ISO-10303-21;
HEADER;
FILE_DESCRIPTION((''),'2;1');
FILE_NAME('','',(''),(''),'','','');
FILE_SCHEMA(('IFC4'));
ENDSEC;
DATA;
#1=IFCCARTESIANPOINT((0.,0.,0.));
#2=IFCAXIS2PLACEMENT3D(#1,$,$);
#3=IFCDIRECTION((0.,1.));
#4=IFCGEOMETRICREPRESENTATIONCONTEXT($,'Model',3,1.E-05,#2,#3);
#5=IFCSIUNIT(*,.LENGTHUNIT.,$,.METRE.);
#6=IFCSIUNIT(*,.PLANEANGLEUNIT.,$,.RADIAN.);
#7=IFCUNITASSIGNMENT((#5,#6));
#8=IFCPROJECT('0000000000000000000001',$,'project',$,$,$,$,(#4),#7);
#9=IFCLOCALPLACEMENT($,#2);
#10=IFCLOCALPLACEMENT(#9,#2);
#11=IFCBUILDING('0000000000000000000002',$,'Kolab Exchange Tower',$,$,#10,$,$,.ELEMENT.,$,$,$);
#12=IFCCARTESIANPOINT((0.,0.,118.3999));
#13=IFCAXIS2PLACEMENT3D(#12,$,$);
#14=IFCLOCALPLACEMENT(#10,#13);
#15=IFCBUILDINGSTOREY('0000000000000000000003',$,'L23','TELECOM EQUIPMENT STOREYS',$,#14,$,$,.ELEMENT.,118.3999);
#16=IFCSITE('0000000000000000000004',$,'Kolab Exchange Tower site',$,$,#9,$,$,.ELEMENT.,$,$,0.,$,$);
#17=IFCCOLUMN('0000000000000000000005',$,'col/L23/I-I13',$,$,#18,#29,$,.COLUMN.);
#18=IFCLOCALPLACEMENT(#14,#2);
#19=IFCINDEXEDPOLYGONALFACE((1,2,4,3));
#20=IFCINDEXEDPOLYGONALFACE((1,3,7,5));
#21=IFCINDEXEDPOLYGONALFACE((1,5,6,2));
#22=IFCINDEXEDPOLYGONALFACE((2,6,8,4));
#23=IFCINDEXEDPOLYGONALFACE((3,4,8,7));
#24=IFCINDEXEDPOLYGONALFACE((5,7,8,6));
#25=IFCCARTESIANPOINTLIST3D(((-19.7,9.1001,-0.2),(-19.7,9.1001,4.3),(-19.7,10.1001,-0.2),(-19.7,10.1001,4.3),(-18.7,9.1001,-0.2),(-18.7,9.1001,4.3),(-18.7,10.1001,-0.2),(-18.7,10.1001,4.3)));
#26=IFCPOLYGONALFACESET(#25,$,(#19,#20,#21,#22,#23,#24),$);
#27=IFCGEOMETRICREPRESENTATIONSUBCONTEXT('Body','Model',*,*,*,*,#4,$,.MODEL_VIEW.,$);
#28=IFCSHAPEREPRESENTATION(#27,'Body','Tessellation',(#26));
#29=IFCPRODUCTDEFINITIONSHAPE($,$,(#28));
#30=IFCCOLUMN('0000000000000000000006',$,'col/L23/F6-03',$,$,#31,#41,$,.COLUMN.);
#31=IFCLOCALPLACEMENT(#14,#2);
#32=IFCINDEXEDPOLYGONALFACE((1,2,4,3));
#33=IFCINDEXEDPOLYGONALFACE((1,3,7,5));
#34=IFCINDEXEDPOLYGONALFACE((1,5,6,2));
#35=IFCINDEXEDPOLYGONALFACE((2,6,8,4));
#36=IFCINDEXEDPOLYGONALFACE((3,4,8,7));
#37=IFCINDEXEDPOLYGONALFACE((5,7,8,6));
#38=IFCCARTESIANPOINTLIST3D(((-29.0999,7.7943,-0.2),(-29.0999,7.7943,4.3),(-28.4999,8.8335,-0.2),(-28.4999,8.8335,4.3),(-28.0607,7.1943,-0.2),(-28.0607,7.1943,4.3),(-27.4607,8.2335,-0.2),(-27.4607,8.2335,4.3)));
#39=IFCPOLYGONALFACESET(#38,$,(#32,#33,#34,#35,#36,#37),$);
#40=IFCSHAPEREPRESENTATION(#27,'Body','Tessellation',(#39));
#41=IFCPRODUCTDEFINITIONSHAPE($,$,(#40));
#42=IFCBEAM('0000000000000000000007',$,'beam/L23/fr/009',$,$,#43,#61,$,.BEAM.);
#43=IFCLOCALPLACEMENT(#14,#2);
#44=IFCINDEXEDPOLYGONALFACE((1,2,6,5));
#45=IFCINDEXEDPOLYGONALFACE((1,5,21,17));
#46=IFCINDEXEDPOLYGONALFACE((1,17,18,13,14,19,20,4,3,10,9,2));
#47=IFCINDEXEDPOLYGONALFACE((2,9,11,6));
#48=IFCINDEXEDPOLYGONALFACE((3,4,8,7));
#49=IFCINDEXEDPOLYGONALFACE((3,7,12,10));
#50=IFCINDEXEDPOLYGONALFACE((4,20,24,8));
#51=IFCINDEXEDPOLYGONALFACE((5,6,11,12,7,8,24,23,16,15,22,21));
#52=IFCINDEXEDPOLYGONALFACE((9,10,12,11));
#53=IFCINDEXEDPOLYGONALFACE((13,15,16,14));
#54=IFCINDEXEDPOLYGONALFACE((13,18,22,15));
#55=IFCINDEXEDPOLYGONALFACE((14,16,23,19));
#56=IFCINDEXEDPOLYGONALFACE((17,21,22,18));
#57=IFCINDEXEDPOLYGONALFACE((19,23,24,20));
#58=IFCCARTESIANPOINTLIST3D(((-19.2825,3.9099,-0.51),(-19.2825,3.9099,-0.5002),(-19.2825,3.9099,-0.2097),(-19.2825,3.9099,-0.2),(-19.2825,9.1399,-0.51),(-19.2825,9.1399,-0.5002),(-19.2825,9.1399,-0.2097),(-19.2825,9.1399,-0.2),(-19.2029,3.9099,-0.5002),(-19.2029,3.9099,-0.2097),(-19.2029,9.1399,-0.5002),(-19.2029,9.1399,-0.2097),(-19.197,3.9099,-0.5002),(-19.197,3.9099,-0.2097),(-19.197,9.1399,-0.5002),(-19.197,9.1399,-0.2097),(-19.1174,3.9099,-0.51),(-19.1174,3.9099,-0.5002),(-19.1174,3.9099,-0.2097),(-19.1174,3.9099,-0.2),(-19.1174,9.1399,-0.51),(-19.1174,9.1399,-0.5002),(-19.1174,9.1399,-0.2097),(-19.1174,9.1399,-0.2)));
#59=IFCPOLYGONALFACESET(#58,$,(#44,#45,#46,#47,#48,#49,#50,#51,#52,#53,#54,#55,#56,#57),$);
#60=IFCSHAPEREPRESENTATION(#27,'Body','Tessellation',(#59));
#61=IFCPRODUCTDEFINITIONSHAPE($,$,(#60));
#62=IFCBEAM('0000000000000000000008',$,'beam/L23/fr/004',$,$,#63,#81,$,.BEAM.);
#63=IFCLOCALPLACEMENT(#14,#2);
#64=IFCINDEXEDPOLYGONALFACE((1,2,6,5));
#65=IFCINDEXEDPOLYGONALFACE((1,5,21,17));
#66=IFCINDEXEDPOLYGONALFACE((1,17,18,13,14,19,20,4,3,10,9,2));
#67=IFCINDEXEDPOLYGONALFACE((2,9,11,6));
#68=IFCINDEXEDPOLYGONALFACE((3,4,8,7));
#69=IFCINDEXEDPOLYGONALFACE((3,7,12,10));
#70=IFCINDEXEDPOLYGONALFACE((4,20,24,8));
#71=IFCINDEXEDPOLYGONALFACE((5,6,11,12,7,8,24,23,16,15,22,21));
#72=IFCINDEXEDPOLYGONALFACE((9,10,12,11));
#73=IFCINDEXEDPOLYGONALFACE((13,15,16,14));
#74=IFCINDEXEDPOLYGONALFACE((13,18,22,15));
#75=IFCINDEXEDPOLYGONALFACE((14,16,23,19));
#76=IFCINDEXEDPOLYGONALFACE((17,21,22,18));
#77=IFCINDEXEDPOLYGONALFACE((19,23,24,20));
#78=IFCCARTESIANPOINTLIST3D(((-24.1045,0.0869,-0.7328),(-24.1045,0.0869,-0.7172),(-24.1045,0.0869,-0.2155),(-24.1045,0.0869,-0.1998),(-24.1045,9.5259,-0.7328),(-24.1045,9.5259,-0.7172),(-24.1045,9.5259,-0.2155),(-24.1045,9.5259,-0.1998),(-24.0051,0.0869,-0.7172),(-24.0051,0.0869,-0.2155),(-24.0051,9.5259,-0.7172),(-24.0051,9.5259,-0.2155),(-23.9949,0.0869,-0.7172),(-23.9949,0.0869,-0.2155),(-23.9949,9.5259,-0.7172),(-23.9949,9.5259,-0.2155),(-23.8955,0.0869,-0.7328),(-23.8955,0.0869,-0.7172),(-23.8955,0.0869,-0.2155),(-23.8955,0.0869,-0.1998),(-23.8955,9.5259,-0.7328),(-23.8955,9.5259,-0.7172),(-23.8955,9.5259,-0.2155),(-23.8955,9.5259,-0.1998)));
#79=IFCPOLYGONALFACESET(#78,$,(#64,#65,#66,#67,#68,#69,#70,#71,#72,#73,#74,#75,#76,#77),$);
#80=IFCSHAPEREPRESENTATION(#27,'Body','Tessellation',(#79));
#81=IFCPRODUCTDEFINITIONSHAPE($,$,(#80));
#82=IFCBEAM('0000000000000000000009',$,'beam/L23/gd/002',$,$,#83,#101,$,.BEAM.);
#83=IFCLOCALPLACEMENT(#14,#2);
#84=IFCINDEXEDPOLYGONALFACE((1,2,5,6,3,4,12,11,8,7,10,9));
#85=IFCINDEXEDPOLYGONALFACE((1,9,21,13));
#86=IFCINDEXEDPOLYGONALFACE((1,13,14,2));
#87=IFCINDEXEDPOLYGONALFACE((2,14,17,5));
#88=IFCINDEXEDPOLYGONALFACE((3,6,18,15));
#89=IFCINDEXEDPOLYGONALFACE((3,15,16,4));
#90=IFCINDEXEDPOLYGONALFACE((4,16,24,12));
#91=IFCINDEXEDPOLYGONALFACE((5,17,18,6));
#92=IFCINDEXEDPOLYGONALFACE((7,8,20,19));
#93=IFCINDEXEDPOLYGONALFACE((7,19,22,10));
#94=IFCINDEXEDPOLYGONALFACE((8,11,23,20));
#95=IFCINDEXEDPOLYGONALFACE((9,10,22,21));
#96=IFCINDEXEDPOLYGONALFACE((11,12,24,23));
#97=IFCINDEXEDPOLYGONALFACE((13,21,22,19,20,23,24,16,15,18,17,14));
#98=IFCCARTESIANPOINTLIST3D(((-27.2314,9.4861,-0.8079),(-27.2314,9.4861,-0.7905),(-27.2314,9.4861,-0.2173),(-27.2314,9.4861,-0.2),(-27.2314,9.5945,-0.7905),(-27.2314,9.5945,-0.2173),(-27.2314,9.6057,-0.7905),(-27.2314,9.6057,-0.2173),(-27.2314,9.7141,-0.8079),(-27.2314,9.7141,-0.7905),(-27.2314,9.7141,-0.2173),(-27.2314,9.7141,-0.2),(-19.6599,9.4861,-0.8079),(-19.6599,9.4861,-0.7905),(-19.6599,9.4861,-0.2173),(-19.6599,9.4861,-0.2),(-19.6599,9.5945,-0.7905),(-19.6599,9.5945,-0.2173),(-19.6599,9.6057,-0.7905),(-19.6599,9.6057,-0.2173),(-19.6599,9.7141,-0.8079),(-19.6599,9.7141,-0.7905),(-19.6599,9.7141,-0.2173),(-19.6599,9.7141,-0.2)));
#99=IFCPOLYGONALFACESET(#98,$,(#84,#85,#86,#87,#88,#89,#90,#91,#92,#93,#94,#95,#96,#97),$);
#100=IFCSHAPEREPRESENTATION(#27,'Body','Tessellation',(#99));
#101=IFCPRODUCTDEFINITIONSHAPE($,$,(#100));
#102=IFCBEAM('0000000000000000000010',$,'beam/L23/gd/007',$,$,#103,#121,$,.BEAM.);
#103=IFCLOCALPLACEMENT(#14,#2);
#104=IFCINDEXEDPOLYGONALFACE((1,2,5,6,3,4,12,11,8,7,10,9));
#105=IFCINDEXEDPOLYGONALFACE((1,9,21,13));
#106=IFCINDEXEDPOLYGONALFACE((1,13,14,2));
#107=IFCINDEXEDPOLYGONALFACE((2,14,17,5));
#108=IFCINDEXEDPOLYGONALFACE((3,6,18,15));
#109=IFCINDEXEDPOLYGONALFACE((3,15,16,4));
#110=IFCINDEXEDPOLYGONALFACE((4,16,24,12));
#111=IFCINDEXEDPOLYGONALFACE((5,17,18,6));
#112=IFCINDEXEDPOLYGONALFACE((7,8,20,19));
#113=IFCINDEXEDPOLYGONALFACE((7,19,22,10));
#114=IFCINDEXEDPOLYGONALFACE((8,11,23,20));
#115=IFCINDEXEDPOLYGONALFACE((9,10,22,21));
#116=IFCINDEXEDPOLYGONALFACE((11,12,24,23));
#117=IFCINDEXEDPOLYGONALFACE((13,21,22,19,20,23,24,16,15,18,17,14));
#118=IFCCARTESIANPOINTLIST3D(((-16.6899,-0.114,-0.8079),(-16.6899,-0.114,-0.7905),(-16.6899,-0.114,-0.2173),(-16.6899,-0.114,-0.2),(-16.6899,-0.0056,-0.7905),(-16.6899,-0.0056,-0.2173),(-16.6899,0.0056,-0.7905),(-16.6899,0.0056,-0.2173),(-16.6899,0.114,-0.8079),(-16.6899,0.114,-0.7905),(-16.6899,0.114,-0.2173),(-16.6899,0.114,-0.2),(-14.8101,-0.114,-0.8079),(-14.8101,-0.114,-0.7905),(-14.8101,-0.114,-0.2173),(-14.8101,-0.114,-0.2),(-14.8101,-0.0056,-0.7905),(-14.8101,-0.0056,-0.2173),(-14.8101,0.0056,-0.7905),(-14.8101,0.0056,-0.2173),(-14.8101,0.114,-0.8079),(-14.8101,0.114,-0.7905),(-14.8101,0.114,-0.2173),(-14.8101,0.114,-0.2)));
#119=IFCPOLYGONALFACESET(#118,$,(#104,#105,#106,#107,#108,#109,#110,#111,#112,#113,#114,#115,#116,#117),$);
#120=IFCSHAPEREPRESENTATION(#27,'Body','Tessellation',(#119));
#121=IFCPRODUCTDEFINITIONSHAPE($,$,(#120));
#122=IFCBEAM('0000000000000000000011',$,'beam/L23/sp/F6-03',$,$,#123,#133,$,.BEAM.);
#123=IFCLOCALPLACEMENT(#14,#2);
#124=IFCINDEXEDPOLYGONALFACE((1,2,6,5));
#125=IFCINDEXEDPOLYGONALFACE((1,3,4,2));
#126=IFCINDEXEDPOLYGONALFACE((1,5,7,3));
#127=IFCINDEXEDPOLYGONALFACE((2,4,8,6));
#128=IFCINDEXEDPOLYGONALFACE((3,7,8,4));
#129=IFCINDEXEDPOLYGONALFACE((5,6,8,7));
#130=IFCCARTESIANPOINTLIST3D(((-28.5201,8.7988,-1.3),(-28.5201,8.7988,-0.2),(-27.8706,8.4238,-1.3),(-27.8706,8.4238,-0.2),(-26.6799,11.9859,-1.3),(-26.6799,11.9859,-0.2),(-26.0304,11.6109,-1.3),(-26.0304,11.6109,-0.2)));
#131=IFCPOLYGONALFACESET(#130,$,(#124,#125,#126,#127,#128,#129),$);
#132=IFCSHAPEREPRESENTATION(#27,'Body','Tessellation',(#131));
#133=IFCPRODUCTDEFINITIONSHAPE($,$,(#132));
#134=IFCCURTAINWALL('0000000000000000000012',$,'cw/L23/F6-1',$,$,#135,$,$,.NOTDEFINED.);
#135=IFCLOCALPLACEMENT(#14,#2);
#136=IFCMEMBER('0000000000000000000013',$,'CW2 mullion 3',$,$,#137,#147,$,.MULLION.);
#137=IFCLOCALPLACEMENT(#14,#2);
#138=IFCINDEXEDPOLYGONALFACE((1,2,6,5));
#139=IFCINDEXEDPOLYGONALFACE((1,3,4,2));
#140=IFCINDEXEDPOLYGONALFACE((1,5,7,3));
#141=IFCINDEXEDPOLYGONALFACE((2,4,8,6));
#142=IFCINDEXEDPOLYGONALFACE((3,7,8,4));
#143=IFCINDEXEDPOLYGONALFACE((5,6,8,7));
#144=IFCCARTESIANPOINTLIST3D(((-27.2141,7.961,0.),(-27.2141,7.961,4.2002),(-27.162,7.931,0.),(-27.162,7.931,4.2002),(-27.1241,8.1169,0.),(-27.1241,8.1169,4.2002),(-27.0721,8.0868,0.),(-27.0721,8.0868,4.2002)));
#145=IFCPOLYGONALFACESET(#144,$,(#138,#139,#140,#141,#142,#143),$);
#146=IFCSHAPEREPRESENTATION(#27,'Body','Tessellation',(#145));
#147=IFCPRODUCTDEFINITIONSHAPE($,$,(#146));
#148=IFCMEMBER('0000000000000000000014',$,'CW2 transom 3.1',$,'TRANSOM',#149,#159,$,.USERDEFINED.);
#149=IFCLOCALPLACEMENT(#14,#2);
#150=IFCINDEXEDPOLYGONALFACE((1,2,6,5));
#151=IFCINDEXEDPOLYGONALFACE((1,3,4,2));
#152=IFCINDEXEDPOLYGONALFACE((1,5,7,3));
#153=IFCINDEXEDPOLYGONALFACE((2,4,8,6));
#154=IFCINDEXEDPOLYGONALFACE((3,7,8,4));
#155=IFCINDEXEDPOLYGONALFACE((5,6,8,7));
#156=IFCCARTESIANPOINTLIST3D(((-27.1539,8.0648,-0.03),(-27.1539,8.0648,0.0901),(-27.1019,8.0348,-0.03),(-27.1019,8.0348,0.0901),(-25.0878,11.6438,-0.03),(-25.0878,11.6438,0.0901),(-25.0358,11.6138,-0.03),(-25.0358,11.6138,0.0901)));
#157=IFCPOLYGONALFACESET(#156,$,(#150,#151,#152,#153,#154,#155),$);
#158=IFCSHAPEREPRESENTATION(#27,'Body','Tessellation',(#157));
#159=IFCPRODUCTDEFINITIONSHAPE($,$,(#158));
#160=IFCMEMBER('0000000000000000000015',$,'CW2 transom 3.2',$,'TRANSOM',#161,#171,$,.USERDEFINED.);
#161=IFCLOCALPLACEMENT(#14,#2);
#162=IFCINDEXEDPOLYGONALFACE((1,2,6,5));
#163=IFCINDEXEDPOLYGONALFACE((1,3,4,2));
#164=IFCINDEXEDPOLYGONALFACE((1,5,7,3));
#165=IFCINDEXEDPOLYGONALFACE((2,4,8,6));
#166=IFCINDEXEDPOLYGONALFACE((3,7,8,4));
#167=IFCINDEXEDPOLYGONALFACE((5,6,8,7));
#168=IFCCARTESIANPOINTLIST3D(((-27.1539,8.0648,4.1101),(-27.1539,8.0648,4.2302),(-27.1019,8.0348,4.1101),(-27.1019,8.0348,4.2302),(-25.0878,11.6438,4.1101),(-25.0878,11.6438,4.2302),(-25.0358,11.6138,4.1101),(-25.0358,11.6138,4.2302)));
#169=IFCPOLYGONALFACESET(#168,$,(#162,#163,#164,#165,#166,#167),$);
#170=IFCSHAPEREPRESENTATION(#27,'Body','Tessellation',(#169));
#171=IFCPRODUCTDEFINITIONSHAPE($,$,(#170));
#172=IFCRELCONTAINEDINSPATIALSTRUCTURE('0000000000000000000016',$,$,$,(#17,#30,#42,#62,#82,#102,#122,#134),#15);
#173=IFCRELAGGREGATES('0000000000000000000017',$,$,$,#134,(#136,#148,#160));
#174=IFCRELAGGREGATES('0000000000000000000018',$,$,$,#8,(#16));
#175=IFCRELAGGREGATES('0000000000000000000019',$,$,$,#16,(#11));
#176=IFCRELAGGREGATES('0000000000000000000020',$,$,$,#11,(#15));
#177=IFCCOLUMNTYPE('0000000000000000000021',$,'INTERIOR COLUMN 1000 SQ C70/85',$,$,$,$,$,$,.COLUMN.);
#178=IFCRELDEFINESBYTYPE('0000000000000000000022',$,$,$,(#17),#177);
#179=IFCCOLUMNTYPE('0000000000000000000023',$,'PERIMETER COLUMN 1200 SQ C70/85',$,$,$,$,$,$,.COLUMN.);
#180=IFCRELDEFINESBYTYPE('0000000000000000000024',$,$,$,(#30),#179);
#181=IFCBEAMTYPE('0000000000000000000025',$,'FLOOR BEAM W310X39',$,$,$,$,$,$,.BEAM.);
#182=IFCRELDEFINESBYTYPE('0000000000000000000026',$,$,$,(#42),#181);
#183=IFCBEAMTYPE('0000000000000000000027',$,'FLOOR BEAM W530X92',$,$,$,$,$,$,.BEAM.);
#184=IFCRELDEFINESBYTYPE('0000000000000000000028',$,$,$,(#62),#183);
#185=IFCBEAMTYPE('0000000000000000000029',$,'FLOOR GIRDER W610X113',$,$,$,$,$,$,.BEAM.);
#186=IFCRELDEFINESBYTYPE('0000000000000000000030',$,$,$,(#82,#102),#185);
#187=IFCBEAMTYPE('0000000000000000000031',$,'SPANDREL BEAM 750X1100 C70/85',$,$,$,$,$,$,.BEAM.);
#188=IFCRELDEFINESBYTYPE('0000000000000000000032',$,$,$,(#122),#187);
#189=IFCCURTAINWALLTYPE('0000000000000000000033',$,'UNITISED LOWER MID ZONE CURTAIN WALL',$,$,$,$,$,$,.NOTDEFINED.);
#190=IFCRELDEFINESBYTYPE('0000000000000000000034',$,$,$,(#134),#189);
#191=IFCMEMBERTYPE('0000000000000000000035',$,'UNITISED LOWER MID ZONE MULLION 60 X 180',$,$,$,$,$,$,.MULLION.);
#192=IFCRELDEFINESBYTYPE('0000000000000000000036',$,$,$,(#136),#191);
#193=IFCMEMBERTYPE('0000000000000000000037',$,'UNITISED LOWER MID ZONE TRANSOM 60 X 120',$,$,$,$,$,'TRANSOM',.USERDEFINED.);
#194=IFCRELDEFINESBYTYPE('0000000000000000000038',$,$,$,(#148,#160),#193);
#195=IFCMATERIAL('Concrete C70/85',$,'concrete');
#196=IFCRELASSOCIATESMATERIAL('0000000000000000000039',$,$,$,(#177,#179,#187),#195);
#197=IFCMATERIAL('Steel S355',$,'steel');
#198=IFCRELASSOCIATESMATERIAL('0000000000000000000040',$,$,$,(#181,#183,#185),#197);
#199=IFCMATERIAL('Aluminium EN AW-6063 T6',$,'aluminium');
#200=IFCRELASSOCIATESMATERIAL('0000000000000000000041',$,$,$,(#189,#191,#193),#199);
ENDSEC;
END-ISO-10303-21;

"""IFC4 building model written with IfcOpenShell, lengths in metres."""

from ifc_helpers import new_model, si_unit, direction, frame, origin, origin_2d, place, context, subcontext, project, spatial, rectangle, i_section, extrude, material, material_profile, profile_set, type_object, element, aggregate, save


model = new_model("IFC4")

# Units and contexts
model_context = context("Model", 3, precision=1e-05, world=origin(), true_north=direction((0.0, 1.0)))
body_context = subcontext(model_context, "Body", "Model", "MODEL_VIEW")
ifc_project = project(units=[si_unit("LENGTHUNIT", "METRE"), si_unit("PLANEANGLEUNIT", "RADIAN")], contexts=[model_context])

# Site, building, storey
site_placement = place(None, origin())
site = spatial("IfcSite", under=ifc_project, at=site_placement, Name="Kolab Exchange Tower site", CompositionType="ELEMENT", RefElevation=0.0)
building_placement = place(site_placement, origin())
building = spatial("IfcBuilding", under=site, at=building_placement, Name="Kolab Exchange Tower", CompositionType="ELEMENT")
storey_placement = place(building_placement, frame((0.0, 0.0, 118.3999)))
storey = spatial("IfcBuildingStorey", under=building, at=storey_placement, Name="L23", Description="TELECOM EQUIPMENT STOREYS", CompositionType="ELEMENT", Elevation=118.3999)

# Columns
ifc_material_1 = material(Name="Concrete C70/85", Category="concrete")
ifc_material_profile_1 = material_profile(ifc_material_1, rectangle(XDim=1.0, YDim=1.0, at=origin_2d()), Name="RC1000")
ifc_profile_set_1 = profile_set([ifc_material_profile_1], Name="Concrete C70/85")
column_type_1 = type_object("IfcColumnType", Name="INTERIOR COLUMN 1000 SQ C70/85", PredefinedType="COLUMN", material=ifc_profile_set_1)
column_1_placement = place(storey_placement, frame((-19.2, 9.6001, -0.2), z_axis=(0.0, 0.0, 1.0), x_axis=(1.0, 0.0, 0.0)))
element("IfcColumn", 1, at=column_1_placement, inside=storey, type_object=column_type_1, Name="col/L23/I-I13", PredefinedType="COLUMN", context=body_context, shape_type="SweptSolid", body=[
    extrude(rectangle(XDim=1.0, YDim=1.0, at=origin_2d()), origin(), (0.0, 0.0, 1.0), 4.5),
])
ifc_material_profile_2 = material_profile(ifc_material_1, rectangle(XDim=1.2, YDim=1.2, at=origin_2d()), Name="RC1200")
ifc_profile_set_2 = profile_set([ifc_material_profile_2], Name="Concrete C70/85")
column_type_2 = type_object("IfcColumnType", Name="PERIMETER COLUMN 1200 SQ C70/85", PredefinedType="COLUMN", material=ifc_profile_set_2)
column_2_placement = place(storey_placement, frame((-28.2803, 8.0139, -0.2), z_axis=(0.0, 0.0, 1.0), x_axis=(0.5, 0.866025, 0.0)))
element("IfcColumn", 2, at=column_2_placement, inside=storey, type_object=column_type_2, Name="col/L23/F6-03", PredefinedType="COLUMN", context=body_context, shape_type="SweptSolid", body=[
    extrude(rectangle(XDim=1.2, YDim=1.2, at=origin_2d()), origin(), (0.0, 0.0, 1.0), 4.5),
])

# Beams
ifc_material_2 = material(Name="Steel S355", Category="steel")
ifc_material_profile_3 = material_profile(ifc_material_2, i_section(OverallWidth=0.165, OverallDepth=0.3101, WebThickness=0.0059, FlangeThickness=0.0098, at=origin_2d()), Name="W310X39")
ifc_profile_set_3 = profile_set([ifc_material_profile_3], Name="Steel S355")
beam_type_1 = type_object("IfcBeamType", Name="FLOOR BEAM W310X39", PredefinedType="BEAM", material=ifc_profile_set_3)
beam_1_placement = place(storey_placement, frame((-19.2, 3.9099, -0.355), z_axis=(0.0, 1.0, 0.0), x_axis=(-1.0, 0.0, 0.0)))
element("IfcBeam", 3, at=beam_1_placement, inside=storey, type_object=beam_type_1, Name="beam/L23/fr/009", PredefinedType="BEAM", context=body_context, shape_type="SweptSolid", body=[
    extrude(i_section(OverallWidth=0.165, OverallDepth=0.3101, WebThickness=0.0059, FlangeThickness=0.0098, at=origin_2d()), origin(), (0.0, 0.0, 1.0), 5.23),
])
ifc_material_profile_4 = material_profile(ifc_material_2, i_section(OverallWidth=0.209, OverallDepth=0.533, WebThickness=0.0103, FlangeThickness=0.0156, at=origin_2d()), Name="W530X92")
ifc_profile_set_4 = profile_set([ifc_material_profile_4], Name="Steel S355")
beam_type_2 = type_object("IfcBeamType", Name="FLOOR BEAM W530X92", PredefinedType="BEAM", material=ifc_profile_set_4)
beam_2_placement = place(storey_placement, frame((-24.0, 0.0869, -0.4663), z_axis=(0.0, 1.0, 0.0), x_axis=(-1.0, 0.0, 0.0)))
element("IfcBeam", 4, at=beam_2_placement, inside=storey, type_object=beam_type_2, Name="beam/L23/fr/004", PredefinedType="BEAM", context=body_context, shape_type="SweptSolid", body=[
    extrude(i_section(OverallWidth=0.209, OverallDepth=0.533, WebThickness=0.0103, FlangeThickness=0.0156, at=origin_2d()), origin(), (0.0, 0.0, 1.0), 9.439),
])
ifc_material_profile_5 = material_profile(ifc_material_2, i_section(OverallWidth=0.228, OverallDepth=0.6079, WebThickness=0.0112, FlangeThickness=0.0173, at=origin_2d()), Name="W610X113")
ifc_profile_set_5 = profile_set([ifc_material_profile_5], Name="Steel S355")
beam_type_3 = type_object("IfcBeamType", Name="FLOOR GIRDER W610X113", PredefinedType="BEAM", material=ifc_profile_set_5)
beam_3_placement = place(storey_placement, frame((-27.2314, 9.6001, -0.5039), z_axis=(1.0, 0.0, 0.0), x_axis=(0.0, 1.0, 0.0)))
element("IfcBeam", 5, at=beam_3_placement, inside=storey, type_object=beam_type_3, Name="beam/L23/gd/002", PredefinedType="BEAM", context=body_context, shape_type="SweptSolid", body=[
    extrude(i_section(OverallWidth=0.228, OverallDepth=0.6079, WebThickness=0.0112, FlangeThickness=0.0173, at=origin_2d()), origin(), (0.0, 0.0, 1.0), 7.5715),
])
beam_4_placement = place(storey_placement, frame((-16.6899, 0.0, -0.5039), z_axis=(1.0, 0.0, 0.0), x_axis=(0.0, 1.0, 0.0)))
element("IfcBeam", 6, at=beam_4_placement, inside=storey, type_object=beam_type_3, Name="beam/L23/gd/007", PredefinedType="BEAM", context=body_context, shape_type="SweptSolid", body=[
    extrude(i_section(OverallWidth=0.228, OverallDepth=0.6079, WebThickness=0.0112, FlangeThickness=0.0173, at=origin_2d()), origin(), (0.0, 0.0, 1.0), 1.8799),
])
ifc_material_profile_6 = material_profile(ifc_material_1, rectangle(XDim=0.75, YDim=1.1001, at=origin_2d()), Name="RC750X1100")
ifc_profile_set_6 = profile_set([ifc_material_profile_6], Name="Concrete C70/85")
beam_type_4 = type_object("IfcBeamType", Name="SPANDREL BEAM 750X1100 C70/85", PredefinedType="BEAM", material=ifc_profile_set_6)
beam_5_placement = place(storey_placement, frame((-28.1953, 8.6113, -0.75), z_axis=(0.500013, 0.866018, 0.0), x_axis=(-0.866018, 0.500013, 0.0)))
element("IfcBeam", 7, at=beam_5_placement, inside=storey, type_object=beam_type_4, Name="beam/L23/sp/F6-03", PredefinedType="BEAM", context=body_context, shape_type="SweptSolid", body=[
    extrude(rectangle(XDim=0.75, YDim=1.1001, at=origin_2d()), origin(), (0.0, 0.0, 1.0), 3.6802),
])

# Curtain wall, members
ifc_material_3 = material(Name="Aluminium EN AW-6063 T6", Category="aluminium")
curtain_wall_type = type_object("IfcCurtainWallType", Name="UNITISED LOWER MID ZONE CURTAIN WALL", PredefinedType="NOTDEFINED", material=ifc_material_3)
curtain_wall_placement = place(storey_placement, origin())
curtain_wall = element("IfcCurtainWall", 8, at=curtain_wall_placement, inside=storey, type_object=curtain_wall_type, Name="cw/L23/F6-1", PredefinedType="NOTDEFINED")
ifc_material_profile_7 = material_profile(ifc_material_3, rectangle(XDim=0.0601, YDim=0.1799, at=origin_2d()), Name="RECT 60X180")
ifc_profile_set_7 = profile_set([ifc_material_profile_7], Name="Aluminium EN AW-6063 T6")
member_type_1 = type_object("IfcMemberType", Name="UNITISED LOWER MID ZONE MULLION 60 X 180", PredefinedType="MULLION", material=ifc_profile_set_7)
member_1_placement = place(storey_placement, frame((-27.1431, 8.0239, 0.0), z_axis=(0.0, 0.0, 1.0), x_axis=(-0.866025, 0.5, 0.0)))
member_1 = element("IfcMember", 9, at=member_1_placement, type_object=member_type_1, Name="CW2 mullion 3", PredefinedType="MULLION", context=body_context, shape_type="SweptSolid", body=[
    extrude(rectangle(XDim=0.0601, YDim=0.1799, at=origin_2d()), origin(), (0.0, 0.0, 1.0), 4.2002),
])
ifc_material_profile_8 = material_profile(ifc_material_3, rectangle(XDim=0.0601, YDim=0.1201, at=origin_2d()), Name="RECT 60X120")
ifc_profile_set_8 = profile_set([ifc_material_profile_8], Name="Aluminium EN AW-6063 T6")
member_type_2 = type_object("IfcMemberType", Name="UNITISED LOWER MID ZONE TRANSOM 60 X 120", ElementType="TRANSOM", PredefinedType="USERDEFINED", material=ifc_profile_set_8)
member_2_placement = place(storey_placement, frame((-27.1279, 8.0498, 0.03), z_axis=(0.499958, 0.86605, 0.0), x_axis=(-0.86605, 0.499958, 0.0)))
member_2 = element("IfcMember", 10, at=member_2_placement, type_object=member_type_2, Name="CW2 transom 3.1", ObjectType="TRANSOM", PredefinedType="USERDEFINED", context=body_context, shape_type="SweptSolid", body=[
    extrude(rectangle(XDim=0.0601, YDim=0.1201, at=origin_2d()), origin(), (0.0, 0.0, 1.0), 4.1326),
])
member_3_placement = place(storey_placement, frame((-27.1279, 8.0498, 4.1702), z_axis=(0.499958, 0.86605, 0.0), x_axis=(-0.86605, 0.499958, 0.0)))
member_3 = element("IfcMember", 11, at=member_3_placement, type_object=member_type_2, Name="CW2 transom 3.2", ObjectType="TRANSOM", PredefinedType="USERDEFINED", context=body_context, shape_type="SweptSolid", body=[
    extrude(rectangle(XDim=0.0601, YDim=0.1201, at=origin_2d()), origin(), (0.0, 0.0, 1.0), 4.1326),
])
aggregate(curtain_wall, [member_1, member_2, member_3])

save(model, "model.ifc")
